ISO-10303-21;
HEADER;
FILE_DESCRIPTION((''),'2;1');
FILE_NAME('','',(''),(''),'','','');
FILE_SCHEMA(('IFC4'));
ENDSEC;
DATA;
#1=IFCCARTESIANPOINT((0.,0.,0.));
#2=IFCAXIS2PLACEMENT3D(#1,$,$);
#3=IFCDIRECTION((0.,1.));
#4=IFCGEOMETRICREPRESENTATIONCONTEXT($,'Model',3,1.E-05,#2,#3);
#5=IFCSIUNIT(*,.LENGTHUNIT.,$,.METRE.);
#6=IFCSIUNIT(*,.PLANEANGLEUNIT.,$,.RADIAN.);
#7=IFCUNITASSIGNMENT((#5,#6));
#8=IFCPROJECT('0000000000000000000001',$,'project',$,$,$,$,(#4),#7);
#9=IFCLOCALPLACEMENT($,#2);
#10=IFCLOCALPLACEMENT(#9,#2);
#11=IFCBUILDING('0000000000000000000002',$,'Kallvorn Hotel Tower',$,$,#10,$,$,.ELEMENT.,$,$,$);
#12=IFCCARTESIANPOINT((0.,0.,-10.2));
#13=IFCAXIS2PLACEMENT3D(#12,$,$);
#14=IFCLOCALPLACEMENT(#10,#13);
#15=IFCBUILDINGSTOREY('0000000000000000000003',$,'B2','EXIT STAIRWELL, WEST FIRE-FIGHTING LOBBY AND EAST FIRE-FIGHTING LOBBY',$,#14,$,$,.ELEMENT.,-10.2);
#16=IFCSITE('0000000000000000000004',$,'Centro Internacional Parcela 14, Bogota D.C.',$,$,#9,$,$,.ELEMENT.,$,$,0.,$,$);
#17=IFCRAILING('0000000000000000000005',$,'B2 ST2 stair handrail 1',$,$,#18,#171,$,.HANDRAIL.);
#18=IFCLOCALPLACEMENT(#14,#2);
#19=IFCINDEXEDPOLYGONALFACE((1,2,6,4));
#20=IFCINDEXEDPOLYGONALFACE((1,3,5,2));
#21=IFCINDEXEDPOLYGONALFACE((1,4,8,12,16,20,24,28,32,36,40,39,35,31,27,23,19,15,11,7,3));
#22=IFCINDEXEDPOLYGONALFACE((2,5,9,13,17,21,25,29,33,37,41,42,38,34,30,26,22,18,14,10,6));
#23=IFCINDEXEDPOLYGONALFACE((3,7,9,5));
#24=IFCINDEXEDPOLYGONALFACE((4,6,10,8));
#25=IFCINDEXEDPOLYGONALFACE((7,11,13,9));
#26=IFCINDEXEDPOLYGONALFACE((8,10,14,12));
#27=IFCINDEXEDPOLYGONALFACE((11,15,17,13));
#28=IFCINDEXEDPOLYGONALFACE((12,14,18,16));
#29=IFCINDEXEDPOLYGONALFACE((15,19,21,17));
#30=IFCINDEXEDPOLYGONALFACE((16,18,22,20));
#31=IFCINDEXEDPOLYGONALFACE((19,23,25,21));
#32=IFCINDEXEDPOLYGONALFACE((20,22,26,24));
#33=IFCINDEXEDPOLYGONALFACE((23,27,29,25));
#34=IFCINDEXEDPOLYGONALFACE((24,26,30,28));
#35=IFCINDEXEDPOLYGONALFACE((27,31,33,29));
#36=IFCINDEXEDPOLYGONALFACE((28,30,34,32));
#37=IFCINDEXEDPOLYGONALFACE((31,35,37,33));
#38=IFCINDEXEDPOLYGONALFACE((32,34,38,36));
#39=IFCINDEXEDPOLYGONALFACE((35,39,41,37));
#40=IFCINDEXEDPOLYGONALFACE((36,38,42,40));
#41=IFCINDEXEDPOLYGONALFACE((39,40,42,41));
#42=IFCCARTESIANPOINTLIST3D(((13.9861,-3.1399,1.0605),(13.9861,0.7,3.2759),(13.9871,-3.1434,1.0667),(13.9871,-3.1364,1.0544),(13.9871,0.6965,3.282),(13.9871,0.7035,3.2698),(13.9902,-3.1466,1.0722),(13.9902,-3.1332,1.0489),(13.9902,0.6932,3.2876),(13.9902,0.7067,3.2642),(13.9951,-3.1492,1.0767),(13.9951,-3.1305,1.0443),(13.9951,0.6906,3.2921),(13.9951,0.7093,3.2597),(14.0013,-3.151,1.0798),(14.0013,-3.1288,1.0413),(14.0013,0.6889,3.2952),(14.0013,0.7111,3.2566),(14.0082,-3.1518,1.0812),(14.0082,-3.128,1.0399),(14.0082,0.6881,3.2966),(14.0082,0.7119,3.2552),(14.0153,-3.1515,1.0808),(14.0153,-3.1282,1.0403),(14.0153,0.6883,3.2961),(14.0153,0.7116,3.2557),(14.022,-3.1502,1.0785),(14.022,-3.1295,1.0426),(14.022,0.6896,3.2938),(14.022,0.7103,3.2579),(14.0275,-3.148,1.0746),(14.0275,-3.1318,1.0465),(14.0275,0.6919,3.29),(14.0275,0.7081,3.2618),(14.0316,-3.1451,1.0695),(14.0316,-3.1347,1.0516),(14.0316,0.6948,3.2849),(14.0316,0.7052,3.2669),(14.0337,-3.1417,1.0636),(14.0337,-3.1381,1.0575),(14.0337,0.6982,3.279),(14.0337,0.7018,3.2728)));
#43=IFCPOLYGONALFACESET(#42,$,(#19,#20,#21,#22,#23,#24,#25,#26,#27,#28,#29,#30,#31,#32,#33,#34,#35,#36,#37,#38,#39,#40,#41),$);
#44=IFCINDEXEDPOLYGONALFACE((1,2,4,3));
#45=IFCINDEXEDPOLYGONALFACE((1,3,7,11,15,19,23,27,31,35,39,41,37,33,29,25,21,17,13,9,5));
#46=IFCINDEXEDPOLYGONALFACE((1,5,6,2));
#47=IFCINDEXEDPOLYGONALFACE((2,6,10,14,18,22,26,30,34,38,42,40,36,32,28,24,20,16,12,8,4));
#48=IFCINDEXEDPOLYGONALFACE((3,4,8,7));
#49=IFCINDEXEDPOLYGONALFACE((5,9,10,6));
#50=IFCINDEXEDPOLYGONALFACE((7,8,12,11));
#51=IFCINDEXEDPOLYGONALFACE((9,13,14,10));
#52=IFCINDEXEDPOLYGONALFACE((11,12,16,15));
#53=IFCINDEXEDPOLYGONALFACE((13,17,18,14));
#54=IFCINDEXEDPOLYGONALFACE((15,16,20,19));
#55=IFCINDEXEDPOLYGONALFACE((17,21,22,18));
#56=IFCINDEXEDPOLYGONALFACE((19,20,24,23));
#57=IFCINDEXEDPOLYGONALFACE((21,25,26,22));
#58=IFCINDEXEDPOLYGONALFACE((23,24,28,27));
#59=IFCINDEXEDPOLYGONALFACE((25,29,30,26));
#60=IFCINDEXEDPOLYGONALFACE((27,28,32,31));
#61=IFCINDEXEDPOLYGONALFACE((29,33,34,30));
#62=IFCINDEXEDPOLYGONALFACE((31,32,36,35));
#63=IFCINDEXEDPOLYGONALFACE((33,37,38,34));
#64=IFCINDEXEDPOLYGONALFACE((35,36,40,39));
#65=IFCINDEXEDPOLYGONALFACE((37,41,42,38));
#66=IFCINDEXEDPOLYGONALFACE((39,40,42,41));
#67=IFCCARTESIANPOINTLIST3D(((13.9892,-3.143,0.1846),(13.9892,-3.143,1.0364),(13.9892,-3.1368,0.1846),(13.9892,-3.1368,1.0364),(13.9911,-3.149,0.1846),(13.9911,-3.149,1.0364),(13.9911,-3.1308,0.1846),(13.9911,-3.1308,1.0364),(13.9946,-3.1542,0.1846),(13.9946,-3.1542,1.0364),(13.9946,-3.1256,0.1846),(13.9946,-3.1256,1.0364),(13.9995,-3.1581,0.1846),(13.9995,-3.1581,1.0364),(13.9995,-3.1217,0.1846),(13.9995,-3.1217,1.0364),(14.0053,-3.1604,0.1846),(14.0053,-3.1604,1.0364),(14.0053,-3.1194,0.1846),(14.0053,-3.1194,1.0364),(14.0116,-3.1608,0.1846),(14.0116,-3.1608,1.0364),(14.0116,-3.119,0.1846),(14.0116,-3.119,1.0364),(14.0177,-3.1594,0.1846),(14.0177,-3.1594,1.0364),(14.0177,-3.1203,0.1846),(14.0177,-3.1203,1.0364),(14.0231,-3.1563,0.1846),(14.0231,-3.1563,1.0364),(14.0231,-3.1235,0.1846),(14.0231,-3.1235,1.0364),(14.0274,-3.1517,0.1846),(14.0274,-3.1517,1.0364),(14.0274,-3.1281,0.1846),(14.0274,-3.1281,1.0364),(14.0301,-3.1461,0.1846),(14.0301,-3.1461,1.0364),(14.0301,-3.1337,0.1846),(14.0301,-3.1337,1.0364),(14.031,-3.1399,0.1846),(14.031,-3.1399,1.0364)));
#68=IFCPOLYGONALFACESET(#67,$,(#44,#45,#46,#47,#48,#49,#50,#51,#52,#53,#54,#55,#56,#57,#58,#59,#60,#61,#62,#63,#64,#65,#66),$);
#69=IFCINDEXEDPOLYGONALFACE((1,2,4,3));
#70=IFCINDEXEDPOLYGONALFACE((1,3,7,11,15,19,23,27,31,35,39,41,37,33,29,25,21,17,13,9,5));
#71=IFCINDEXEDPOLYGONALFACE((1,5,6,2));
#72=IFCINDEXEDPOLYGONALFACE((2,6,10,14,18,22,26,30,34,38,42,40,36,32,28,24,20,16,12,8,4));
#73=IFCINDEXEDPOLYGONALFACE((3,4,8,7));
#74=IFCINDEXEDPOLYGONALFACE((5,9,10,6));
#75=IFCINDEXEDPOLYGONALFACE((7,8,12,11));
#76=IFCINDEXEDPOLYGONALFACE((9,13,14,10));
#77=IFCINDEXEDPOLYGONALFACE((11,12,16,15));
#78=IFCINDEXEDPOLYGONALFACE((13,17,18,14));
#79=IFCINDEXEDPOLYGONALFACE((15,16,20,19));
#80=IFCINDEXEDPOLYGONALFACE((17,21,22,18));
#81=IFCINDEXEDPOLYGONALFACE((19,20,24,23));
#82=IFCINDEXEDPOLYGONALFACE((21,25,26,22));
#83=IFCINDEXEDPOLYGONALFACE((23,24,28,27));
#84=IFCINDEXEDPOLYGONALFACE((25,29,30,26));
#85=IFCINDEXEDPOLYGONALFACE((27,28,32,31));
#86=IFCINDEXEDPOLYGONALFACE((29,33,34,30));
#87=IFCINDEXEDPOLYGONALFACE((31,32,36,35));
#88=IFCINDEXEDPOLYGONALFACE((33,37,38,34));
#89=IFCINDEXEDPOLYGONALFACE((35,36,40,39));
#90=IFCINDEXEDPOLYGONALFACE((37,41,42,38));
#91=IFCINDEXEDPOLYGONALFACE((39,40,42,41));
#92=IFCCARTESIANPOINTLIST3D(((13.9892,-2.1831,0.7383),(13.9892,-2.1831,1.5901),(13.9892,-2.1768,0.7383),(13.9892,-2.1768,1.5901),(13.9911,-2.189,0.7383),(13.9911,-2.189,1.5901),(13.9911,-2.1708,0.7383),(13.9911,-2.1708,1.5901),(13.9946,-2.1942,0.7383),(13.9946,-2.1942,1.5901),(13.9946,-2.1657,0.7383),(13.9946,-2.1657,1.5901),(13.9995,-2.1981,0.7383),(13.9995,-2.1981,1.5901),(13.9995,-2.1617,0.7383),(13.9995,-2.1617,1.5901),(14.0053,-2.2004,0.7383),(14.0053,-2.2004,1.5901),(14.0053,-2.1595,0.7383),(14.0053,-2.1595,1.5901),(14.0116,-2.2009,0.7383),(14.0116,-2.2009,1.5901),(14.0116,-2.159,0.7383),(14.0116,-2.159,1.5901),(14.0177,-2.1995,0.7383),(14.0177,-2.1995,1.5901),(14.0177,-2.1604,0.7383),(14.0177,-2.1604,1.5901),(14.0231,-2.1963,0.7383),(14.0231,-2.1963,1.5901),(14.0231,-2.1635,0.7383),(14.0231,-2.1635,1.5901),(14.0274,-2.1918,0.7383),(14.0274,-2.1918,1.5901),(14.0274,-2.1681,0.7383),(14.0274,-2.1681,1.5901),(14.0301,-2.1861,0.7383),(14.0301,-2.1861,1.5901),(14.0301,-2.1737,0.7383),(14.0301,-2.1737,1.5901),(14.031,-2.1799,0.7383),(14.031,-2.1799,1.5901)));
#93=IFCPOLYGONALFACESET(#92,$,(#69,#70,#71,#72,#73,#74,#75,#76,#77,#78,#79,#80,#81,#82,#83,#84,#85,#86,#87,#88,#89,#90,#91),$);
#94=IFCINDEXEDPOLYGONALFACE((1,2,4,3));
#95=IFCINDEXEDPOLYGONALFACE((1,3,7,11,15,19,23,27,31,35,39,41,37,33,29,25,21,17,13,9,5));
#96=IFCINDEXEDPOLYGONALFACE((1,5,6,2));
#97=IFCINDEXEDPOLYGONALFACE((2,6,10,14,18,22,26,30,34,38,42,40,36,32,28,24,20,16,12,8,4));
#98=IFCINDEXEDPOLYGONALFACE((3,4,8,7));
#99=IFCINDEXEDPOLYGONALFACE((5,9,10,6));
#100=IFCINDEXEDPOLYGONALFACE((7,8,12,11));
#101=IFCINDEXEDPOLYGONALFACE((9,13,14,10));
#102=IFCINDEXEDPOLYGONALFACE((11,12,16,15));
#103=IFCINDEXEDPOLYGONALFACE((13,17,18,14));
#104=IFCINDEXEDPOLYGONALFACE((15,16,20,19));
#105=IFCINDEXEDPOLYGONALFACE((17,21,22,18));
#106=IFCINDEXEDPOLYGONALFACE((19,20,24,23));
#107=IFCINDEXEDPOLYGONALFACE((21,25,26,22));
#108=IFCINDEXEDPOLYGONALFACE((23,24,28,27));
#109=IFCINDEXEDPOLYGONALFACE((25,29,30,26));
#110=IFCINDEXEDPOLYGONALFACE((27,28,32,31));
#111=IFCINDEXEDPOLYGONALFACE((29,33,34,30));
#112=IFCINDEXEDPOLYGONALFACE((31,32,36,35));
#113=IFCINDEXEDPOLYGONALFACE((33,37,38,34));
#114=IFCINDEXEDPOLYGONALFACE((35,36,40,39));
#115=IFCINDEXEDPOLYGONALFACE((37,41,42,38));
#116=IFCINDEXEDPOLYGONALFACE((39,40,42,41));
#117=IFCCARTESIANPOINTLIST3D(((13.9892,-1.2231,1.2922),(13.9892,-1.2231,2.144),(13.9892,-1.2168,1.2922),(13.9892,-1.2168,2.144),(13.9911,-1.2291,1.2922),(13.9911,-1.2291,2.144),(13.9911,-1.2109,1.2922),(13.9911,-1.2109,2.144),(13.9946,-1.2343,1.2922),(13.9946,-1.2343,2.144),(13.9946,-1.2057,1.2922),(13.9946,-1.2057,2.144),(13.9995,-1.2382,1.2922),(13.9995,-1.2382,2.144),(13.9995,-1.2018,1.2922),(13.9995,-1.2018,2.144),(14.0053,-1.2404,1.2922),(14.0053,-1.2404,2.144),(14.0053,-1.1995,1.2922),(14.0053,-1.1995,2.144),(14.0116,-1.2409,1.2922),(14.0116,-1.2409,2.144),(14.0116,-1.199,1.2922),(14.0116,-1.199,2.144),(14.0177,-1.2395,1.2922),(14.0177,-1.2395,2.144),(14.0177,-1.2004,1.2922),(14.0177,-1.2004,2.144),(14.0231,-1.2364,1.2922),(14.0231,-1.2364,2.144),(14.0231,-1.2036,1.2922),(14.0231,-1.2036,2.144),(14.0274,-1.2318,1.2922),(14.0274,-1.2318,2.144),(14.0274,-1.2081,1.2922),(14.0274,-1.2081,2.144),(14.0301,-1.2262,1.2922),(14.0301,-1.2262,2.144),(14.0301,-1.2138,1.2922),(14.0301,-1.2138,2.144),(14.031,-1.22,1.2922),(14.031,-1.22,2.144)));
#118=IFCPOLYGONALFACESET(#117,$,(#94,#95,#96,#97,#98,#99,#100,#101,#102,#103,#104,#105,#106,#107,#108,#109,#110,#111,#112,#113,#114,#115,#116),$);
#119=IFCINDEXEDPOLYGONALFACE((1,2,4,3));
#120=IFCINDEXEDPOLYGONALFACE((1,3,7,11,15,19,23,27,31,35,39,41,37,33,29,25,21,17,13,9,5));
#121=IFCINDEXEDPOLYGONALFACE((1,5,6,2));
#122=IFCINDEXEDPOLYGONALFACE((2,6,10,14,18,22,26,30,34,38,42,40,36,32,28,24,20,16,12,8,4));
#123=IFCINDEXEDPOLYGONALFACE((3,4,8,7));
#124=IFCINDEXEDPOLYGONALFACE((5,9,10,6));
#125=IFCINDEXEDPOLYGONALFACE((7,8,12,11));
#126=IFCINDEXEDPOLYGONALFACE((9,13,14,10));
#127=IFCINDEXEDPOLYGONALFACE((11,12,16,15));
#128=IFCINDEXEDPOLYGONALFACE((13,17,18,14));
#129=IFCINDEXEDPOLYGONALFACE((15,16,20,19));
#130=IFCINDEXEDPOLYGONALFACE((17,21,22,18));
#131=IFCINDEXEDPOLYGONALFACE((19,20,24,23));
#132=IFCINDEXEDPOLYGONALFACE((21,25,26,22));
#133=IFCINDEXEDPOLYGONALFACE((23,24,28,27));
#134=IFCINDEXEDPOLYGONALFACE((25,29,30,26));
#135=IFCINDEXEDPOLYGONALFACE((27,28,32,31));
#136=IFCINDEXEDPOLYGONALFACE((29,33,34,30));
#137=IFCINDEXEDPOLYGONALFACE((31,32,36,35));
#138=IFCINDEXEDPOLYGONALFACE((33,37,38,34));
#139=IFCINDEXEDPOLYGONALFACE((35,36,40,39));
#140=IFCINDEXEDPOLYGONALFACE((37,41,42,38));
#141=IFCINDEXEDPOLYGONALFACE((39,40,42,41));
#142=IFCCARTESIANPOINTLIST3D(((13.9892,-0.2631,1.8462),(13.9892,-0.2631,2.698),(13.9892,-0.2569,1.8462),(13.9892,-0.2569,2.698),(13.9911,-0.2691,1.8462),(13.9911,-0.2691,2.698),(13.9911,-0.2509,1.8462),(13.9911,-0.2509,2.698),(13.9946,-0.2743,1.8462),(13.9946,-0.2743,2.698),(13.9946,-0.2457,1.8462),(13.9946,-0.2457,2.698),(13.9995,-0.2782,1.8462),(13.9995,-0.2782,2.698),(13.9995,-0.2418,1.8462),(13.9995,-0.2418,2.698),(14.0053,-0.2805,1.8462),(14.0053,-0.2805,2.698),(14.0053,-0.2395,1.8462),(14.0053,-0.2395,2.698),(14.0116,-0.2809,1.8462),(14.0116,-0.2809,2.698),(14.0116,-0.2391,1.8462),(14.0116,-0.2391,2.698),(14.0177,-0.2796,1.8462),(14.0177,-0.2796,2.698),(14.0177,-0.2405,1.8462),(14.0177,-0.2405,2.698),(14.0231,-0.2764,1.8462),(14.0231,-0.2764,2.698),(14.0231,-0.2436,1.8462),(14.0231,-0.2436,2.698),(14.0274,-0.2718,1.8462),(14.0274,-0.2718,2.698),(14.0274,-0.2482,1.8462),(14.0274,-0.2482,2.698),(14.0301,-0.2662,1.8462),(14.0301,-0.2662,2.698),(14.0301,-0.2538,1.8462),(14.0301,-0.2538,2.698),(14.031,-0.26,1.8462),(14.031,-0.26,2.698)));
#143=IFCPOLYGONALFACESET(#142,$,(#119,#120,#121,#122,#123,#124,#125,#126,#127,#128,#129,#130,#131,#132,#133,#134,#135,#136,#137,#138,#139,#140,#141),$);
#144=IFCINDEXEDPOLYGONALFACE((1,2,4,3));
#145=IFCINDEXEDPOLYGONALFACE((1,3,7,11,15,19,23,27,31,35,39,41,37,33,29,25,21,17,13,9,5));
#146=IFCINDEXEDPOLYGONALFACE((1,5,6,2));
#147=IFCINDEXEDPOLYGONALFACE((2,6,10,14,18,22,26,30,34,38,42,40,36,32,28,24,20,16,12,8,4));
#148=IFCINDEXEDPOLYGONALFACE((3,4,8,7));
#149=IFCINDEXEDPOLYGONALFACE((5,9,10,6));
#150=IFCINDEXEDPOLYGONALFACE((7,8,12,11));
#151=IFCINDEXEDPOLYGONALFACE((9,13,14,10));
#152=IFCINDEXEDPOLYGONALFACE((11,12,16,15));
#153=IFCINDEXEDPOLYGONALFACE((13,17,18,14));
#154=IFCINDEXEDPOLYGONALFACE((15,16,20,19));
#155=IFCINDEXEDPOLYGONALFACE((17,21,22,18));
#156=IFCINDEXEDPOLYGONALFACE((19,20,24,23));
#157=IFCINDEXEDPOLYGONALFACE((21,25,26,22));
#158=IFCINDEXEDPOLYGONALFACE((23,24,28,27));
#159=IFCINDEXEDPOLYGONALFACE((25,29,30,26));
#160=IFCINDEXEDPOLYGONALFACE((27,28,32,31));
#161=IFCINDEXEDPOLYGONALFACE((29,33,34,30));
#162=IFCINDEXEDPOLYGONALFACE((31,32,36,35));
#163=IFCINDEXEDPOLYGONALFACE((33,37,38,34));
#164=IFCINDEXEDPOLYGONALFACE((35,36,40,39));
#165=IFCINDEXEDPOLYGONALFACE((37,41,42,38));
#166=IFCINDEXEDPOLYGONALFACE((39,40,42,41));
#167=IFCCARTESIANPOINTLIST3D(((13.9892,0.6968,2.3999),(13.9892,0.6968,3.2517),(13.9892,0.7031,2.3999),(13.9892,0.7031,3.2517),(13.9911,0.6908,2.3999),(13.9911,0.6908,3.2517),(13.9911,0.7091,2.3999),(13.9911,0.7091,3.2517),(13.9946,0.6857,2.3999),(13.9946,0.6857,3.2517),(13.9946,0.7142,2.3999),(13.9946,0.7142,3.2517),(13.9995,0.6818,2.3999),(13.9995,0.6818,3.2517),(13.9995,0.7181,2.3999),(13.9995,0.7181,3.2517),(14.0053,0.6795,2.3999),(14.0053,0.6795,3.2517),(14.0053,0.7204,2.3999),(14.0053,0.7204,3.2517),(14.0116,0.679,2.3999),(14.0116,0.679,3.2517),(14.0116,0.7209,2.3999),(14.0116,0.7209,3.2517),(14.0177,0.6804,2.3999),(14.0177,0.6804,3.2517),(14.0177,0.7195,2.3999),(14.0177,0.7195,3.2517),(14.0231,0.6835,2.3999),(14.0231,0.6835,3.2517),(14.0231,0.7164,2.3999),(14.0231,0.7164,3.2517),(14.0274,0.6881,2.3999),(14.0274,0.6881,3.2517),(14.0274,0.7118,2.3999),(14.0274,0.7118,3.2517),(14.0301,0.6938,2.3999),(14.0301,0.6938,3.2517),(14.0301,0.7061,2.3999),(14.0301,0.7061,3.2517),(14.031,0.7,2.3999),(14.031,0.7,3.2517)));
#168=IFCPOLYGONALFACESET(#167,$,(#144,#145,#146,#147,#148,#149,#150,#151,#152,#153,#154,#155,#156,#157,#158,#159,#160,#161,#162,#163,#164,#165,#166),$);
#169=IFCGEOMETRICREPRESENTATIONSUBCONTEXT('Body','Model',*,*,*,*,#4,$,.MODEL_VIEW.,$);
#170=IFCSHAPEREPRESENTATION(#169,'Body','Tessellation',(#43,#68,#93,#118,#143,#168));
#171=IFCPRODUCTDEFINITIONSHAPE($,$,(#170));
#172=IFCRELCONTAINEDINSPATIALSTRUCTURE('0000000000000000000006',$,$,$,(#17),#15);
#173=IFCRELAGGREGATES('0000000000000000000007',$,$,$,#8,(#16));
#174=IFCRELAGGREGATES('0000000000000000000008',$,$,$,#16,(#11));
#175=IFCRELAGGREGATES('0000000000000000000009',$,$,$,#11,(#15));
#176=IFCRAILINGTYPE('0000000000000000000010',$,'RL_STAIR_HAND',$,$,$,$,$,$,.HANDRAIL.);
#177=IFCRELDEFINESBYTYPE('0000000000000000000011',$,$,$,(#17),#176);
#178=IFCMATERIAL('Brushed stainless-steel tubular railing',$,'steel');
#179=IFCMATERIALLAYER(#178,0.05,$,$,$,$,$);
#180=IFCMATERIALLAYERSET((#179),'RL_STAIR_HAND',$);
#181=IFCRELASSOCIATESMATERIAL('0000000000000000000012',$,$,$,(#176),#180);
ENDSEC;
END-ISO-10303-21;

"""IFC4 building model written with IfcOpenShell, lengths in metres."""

from ifc_helpers import new_model, si_unit, direction, frame, origin, origin_2d, place, context, subcontext, project, spatial, circle, extrude, material, layer, layer_set, type_object, element, save


model = new_model("IFC4")

# Units and contexts
model_context = context("Model", 3, precision=1e-05, world=origin(), true_north=direction((0.0, 1.0)))
body_context = subcontext(model_context, "Body", "Model", "MODEL_VIEW")
ifc_project = project(units=[si_unit("LENGTHUNIT", "METRE"), si_unit("PLANEANGLEUNIT", "RADIAN")], contexts=[model_context])

# Site, building, storey
site_placement = place(None, origin())
site = spatial("IfcSite", under=ifc_project, at=site_placement, Name="Centro Internacional Parcela 14, Bogota D.C.", CompositionType="ELEMENT", RefElevation=0.0)
building_placement = place(site_placement, origin())
building = spatial("IfcBuilding", under=site, at=building_placement, Name="Kallvorn Hotel Tower", CompositionType="ELEMENT")
storey_placement = place(building_placement, frame((0.0, 0.0, -10.2)))
storey = spatial("IfcBuildingStorey", under=building, at=storey_placement, Name="B2", Description="EXIT STAIRWELL, WEST FIRE-FIGHTING LOBBY AND EAST FIRE-FIGHTING LOBBY", CompositionType="ELEMENT", Elevation=-10.2)

# Railing
ifc_material_1 = material(Name="Brushed stainless-steel tubular railing", Category="steel")
ifc_layer_1 = layer(ifc_material_1, 0.05)
ifc_layer_set_1 = layer_set([ifc_layer_1], Name="RL_STAIR_HAND")
railing_type_1 = type_object("IfcRailingType", Name="RL_STAIR_HAND", PredefinedType="HANDRAIL", material=ifc_layer_set_1)
railing_1_placement = place(storey_placement, frame((14.01, -3.1399, 0.1846)))
element("IfcRailing", 1, at=railing_1_placement, inside=storey, type_object=railing_type_1, Name="B2 ST2 stair handrail 1", PredefinedType="HANDRAIL", context=body_context, shape_type="SweptSolid", body=[
    extrude(circle(Radius=0.0239, at=origin_2d()), frame((0.0, 0.0, 0.876), z_axis=(0.0, 0.866182, 0.499729), x_axis=(-1.0, 0.0, 0.0)), (0.0, 0.0, 1.0), 4.4331),
    extrude(circle(Radius=0.021, at=origin_2d()), origin(), (0.0, 0.0, 1.0), 0.8518),
    extrude(circle(Radius=0.021, at=origin_2d()), frame((0.0, 0.96, 0.5537)), (0.0, 0.0, 1.0), 0.8518),
    extrude(circle(Radius=0.021, at=origin_2d()), frame((0.0, 1.9199, 1.1077)), (0.0, 0.0, 1.0), 0.8518),
    extrude(circle(Radius=0.021, at=origin_2d()), frame((0.0, 2.8799, 1.6616)), (0.0, 0.0, 1.0), 0.8518),
    extrude(circle(Radius=0.021, at=origin_2d()), frame((0.0, 3.8398, 2.2153)), (0.0, 0.0, 1.0), 0.8518),
])

save(model, "model.ifc")
